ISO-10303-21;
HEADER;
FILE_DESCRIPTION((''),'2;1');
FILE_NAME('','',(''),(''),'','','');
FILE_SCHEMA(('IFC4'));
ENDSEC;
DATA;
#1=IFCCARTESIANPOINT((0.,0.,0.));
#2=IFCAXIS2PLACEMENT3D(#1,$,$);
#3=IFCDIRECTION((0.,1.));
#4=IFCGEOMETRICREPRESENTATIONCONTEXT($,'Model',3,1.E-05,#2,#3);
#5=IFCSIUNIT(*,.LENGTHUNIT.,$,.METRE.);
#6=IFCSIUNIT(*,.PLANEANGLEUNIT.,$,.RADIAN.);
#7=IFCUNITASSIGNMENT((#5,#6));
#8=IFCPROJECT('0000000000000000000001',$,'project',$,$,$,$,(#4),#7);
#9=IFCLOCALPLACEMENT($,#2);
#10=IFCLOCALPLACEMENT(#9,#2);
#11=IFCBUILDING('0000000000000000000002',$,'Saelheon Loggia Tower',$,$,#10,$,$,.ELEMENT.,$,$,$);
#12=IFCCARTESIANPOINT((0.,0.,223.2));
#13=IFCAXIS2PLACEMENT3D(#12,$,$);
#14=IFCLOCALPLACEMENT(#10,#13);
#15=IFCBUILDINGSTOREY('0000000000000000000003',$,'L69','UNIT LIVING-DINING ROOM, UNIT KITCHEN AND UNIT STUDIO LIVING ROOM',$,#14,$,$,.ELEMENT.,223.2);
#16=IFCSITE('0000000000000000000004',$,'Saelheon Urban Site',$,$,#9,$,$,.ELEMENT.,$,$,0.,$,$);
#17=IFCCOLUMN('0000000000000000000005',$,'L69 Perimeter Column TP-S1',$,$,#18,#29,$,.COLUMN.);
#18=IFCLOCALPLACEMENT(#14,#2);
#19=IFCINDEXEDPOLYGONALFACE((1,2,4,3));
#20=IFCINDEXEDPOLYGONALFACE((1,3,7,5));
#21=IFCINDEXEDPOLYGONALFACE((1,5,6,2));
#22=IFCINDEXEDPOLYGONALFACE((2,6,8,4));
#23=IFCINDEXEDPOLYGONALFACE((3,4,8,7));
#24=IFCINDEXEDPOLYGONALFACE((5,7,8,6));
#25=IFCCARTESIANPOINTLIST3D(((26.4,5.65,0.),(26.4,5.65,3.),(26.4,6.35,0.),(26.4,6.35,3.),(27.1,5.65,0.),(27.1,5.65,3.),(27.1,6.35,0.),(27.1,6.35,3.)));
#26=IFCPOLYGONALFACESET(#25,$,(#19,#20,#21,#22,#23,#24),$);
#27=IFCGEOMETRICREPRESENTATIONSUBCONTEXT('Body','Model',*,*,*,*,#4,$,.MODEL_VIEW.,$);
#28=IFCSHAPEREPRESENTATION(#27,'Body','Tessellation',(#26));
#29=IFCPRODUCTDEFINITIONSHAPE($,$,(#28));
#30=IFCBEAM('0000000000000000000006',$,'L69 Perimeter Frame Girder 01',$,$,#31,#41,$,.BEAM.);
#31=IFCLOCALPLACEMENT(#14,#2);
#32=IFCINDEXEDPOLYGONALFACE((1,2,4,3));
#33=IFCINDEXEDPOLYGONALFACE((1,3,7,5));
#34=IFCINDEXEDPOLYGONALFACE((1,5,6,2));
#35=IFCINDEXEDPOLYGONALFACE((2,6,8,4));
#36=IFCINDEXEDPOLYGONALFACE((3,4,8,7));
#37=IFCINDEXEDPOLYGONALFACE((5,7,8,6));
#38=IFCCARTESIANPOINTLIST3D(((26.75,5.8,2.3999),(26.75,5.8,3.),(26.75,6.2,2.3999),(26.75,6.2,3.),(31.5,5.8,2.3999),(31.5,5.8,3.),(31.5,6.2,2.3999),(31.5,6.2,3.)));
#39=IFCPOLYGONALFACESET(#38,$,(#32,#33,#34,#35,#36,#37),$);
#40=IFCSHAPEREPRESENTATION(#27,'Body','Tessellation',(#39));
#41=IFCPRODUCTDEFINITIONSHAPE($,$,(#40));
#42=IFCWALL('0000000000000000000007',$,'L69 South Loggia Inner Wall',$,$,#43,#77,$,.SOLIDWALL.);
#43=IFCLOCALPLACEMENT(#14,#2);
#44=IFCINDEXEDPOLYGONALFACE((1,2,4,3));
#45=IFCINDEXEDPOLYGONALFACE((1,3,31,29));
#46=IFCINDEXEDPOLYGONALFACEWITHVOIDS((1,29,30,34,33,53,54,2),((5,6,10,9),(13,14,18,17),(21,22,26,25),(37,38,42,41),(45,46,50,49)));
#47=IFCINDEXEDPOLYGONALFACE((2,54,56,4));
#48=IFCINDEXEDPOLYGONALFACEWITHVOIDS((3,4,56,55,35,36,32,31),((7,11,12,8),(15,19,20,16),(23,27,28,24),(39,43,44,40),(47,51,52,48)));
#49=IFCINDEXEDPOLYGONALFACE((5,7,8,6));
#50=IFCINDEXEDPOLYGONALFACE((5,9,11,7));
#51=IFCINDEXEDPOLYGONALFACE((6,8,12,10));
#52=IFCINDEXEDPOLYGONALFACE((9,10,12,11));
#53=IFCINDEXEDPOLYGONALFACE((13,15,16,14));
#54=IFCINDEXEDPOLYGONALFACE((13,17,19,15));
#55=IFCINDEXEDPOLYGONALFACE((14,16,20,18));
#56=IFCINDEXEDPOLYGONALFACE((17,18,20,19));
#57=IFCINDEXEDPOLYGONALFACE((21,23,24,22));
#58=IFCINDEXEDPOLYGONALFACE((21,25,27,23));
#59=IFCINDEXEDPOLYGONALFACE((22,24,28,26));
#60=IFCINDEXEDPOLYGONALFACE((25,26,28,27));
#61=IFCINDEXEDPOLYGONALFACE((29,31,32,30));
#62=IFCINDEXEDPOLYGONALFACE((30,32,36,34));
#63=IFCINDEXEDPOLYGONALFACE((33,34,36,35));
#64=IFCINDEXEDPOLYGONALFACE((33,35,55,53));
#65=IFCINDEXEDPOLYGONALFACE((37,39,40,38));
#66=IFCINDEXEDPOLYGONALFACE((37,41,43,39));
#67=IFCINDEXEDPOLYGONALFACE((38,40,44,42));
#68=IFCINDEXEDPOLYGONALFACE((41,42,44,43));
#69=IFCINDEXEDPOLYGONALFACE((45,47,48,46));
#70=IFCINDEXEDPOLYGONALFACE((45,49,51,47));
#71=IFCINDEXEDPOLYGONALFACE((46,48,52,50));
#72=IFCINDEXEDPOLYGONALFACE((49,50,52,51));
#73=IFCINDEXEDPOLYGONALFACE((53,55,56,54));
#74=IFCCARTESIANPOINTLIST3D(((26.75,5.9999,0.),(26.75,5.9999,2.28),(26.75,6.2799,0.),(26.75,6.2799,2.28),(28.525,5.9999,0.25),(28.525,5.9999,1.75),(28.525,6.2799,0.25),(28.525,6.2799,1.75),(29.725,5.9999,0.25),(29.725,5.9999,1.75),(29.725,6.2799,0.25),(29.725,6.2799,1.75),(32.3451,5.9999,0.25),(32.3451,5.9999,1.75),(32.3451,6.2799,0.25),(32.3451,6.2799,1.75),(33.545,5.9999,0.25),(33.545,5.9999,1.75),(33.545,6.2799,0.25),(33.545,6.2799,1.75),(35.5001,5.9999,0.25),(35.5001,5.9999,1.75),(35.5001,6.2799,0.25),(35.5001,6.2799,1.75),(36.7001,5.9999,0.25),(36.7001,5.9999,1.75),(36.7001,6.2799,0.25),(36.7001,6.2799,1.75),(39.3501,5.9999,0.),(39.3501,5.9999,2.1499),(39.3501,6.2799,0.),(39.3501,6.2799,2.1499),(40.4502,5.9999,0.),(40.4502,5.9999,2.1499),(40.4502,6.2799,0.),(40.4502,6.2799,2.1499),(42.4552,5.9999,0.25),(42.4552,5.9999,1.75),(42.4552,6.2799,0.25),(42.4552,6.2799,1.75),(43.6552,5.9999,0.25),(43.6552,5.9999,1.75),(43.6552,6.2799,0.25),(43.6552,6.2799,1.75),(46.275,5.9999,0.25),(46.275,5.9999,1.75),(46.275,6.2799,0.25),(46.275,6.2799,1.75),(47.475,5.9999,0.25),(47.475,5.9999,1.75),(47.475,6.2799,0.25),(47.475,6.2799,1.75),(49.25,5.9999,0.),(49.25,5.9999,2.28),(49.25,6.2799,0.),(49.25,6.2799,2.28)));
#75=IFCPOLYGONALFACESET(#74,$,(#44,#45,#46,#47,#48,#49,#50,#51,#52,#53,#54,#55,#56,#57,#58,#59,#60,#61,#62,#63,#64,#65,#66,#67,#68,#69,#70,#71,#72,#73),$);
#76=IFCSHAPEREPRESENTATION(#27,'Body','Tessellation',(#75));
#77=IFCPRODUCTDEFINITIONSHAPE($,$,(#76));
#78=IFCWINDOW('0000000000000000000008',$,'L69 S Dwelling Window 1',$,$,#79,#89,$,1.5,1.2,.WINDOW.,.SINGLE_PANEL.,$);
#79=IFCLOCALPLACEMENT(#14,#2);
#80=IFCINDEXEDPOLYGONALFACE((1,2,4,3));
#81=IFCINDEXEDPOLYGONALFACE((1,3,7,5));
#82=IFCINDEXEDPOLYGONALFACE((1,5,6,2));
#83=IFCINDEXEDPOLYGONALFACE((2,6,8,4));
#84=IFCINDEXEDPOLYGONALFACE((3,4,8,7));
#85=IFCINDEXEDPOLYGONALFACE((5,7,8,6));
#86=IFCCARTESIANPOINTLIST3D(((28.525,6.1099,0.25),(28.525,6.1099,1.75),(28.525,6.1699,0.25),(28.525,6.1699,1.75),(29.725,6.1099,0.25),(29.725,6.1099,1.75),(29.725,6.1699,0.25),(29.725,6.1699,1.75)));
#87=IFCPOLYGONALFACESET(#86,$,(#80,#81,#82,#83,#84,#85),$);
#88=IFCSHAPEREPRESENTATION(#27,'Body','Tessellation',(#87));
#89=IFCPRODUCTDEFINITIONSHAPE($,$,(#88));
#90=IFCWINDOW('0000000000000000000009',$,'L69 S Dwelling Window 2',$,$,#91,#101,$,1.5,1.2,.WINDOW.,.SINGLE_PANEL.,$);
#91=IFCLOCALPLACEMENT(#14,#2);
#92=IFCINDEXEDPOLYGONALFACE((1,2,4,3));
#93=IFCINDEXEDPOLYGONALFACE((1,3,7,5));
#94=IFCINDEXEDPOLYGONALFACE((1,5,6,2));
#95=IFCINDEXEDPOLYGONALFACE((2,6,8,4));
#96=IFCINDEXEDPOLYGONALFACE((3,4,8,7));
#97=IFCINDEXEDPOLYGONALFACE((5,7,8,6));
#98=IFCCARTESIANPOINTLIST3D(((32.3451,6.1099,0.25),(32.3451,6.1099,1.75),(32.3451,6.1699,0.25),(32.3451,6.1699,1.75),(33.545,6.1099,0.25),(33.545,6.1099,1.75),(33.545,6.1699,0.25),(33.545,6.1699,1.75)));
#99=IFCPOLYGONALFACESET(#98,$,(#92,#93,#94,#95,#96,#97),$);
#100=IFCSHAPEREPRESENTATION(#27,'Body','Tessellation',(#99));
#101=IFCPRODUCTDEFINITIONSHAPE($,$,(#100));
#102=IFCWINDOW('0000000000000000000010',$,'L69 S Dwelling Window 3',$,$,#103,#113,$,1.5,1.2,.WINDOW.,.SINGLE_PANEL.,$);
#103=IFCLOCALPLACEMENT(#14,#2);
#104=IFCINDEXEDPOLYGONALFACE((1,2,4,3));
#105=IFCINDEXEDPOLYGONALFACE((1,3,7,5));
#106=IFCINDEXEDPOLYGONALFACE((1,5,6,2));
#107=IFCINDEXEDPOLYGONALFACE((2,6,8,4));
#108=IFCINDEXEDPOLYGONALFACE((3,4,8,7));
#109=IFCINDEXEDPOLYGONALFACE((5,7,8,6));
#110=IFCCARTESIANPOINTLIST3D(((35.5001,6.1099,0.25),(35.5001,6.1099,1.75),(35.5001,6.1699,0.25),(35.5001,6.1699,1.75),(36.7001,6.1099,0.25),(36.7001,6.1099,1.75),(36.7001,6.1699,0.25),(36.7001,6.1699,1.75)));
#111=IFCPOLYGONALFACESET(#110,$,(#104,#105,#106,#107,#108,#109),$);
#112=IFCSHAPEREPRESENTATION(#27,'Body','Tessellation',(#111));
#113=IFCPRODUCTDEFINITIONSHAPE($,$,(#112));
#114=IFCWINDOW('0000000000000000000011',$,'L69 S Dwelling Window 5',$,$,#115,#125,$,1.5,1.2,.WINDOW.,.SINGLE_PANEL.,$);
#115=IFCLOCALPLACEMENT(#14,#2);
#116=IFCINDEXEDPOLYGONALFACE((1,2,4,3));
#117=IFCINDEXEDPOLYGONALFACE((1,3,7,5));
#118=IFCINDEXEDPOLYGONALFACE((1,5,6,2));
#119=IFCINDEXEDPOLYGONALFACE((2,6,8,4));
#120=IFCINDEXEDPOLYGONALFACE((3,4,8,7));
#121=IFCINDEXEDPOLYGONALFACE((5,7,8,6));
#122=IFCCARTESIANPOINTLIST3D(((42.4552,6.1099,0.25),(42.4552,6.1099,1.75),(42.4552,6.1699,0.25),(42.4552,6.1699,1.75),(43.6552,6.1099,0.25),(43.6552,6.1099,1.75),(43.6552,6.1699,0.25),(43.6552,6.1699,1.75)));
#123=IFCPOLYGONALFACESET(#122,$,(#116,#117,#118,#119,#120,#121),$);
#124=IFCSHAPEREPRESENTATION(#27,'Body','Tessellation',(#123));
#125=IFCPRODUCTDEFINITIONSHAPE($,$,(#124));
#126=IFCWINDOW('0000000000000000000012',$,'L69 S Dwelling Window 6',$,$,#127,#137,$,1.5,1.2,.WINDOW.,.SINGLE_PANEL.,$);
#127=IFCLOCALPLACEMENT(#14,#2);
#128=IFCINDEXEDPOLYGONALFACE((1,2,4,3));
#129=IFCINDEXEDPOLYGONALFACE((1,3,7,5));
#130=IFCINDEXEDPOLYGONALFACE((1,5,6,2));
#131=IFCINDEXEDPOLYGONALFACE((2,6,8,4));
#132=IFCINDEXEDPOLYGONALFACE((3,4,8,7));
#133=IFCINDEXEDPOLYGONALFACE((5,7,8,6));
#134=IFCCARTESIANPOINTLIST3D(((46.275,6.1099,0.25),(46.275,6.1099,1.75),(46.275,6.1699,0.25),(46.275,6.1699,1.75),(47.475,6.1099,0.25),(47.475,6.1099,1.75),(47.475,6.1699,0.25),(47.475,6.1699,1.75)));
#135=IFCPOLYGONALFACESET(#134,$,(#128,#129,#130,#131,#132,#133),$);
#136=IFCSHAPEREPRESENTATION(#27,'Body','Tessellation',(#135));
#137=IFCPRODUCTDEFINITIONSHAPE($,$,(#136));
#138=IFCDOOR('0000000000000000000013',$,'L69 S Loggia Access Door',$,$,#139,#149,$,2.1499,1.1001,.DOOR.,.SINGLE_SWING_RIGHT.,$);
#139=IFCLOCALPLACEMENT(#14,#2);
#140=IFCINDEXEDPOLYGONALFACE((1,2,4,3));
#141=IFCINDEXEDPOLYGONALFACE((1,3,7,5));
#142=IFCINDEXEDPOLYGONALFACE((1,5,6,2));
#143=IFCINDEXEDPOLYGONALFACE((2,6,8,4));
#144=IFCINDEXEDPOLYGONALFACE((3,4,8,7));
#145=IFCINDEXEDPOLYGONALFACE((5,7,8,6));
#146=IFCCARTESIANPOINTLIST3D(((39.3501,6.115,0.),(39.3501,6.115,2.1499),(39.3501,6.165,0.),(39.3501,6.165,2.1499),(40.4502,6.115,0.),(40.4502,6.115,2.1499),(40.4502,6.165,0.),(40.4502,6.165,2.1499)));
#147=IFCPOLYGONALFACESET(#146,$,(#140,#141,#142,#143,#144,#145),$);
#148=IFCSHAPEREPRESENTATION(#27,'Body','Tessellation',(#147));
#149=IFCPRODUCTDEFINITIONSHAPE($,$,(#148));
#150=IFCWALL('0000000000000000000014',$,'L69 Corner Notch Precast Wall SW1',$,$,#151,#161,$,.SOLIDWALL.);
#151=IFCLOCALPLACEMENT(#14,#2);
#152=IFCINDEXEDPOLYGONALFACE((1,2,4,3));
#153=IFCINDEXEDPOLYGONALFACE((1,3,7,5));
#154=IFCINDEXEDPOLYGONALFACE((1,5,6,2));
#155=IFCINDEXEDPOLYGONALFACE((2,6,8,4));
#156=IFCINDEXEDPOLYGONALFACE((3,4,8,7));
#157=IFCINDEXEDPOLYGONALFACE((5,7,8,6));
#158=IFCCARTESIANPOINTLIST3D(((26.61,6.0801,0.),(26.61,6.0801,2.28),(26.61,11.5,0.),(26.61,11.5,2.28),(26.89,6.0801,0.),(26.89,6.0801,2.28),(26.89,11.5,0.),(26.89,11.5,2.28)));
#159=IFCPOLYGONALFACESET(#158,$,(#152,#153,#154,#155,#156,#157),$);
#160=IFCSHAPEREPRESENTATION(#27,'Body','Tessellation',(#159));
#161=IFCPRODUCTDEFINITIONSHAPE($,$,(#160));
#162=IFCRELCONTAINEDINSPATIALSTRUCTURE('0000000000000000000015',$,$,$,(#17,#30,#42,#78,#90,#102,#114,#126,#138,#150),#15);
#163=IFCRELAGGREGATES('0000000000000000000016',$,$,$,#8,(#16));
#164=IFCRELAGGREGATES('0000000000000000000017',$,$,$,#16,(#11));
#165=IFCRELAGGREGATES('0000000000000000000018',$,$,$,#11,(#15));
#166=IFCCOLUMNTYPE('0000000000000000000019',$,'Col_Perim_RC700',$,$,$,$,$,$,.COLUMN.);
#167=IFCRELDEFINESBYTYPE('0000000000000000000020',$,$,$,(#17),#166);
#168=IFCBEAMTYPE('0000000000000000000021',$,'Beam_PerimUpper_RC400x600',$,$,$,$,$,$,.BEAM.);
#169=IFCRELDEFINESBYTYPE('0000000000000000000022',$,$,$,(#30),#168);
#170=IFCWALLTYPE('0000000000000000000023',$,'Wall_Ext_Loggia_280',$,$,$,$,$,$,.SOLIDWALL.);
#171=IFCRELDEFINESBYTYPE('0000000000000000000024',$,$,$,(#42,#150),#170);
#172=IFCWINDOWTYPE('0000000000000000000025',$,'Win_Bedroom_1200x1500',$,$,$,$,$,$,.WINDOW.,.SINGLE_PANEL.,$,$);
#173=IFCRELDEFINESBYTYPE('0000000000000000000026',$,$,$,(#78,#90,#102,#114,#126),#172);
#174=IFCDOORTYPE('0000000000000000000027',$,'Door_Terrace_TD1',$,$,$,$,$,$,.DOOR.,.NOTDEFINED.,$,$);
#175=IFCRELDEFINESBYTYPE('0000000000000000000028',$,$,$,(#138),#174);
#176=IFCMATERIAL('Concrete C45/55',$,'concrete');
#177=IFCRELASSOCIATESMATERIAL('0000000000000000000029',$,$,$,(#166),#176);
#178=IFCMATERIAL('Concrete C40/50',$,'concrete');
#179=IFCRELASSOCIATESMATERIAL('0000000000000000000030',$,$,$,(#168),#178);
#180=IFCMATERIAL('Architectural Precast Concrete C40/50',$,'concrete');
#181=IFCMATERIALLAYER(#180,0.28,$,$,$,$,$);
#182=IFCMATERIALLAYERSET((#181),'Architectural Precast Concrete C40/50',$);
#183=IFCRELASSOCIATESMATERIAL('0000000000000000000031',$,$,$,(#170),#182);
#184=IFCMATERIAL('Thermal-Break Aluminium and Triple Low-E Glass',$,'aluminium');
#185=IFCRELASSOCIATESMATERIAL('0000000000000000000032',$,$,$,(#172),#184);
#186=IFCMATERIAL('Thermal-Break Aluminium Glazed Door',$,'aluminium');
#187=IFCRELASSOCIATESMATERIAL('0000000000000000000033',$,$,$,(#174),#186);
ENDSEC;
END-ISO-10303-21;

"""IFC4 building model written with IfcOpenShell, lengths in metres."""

from ifc_helpers import new_model, si_unit, direction, frame, frame_2d, origin, origin_2d, place, context, subcontext, project, spatial, rectangle, extrude, source, transform, mapped, material, layer, layer_set, material_profile, profile_set, type_object, element, fill, save


model = new_model("IFC4")

# Units and contexts
model_context = context("Model", 3, precision=1e-05, world=origin(), true_north=direction((0.0, 1.0)))
body_context = subcontext(model_context, "Body", "Model", "MODEL_VIEW")
ifc_project = project(units=[si_unit("LENGTHUNIT", "METRE"), si_unit("PLANEANGLEUNIT", "RADIAN")], contexts=[model_context])

# Site, building, storey
site_placement = place(None, origin())
site = spatial("IfcSite", under=ifc_project, at=site_placement, Name="Saelheon Urban Site", CompositionType="ELEMENT", RefElevation=0.0)
building_placement = place(site_placement, origin())
building = spatial("IfcBuilding", under=site, at=building_placement, Name="Saelheon Loggia Tower", CompositionType="ELEMENT")
storey_placement = place(building_placement, frame((0.0, 0.0, 223.2)))
storey = spatial("IfcBuildingStorey", under=building, at=storey_placement, Name="L69", Description="UNIT LIVING-DINING ROOM, UNIT KITCHEN AND UNIT STUDIO LIVING ROOM", CompositionType="ELEMENT", Elevation=223.2)

# Column
ifc_material_1 = material(Name="Concrete C45/55", Category="concrete")
ifc_material_profile_1 = material_profile(ifc_material_1, rectangle(XDim=0.7, YDim=0.7, at=origin_2d()), Name="RC-700x700")
ifc_profile_set_1 = profile_set([ifc_material_profile_1], Name="Concrete C45/55")
column_type = type_object("IfcColumnType", Name="Col_Perim_RC700", PredefinedType="COLUMN", material=ifc_profile_set_1)
shared_shape_1 = source(origin(), body_context, "Body", "SweptSolid", [
    extrude(rectangle(XDim=0.7, YDim=0.7, at=origin_2d()), origin(), (0.0, 0.0, 1.0), 3.0),
])
column_placement = place(storey_placement, frame((26.75, 6.0, 0.0), z_axis=(0.0, 0.0, 1.0), x_axis=(1.0, 0.0, 0.0)))
element("IfcColumn", 1, at=column_placement, inside=storey, type_object=column_type, Name="L69 Perimeter Column TP-S1", PredefinedType="COLUMN", context=body_context, shape_type="MappedRepresentation", body=[
    mapped(shared_shape_1, transform((0.0, 0.0, 0.0), scale=1.0)),
])

# Beam
ifc_material_2 = material(Name="Concrete C40/50", Category="concrete")
ifc_material_profile_2 = material_profile(ifc_material_2, rectangle(XDim=0.3999, YDim=0.6001, at=origin_2d()), Name="RC-400x600")
ifc_profile_set_2 = profile_set([ifc_material_profile_2], Name="Concrete C40/50")
beam_type = type_object("IfcBeamType", Name="Beam_PerimUpper_RC400x600", PredefinedType="BEAM", material=ifc_profile_set_2)
shared_shape_2 = source(origin(), body_context, "Body", "SweptSolid", [
    extrude(rectangle(XDim=0.3999, YDim=0.6001, at=origin_2d()), origin(), (0.0, 0.0, 1.0), 4.75),
])
beam_placement = place(storey_placement, frame((26.75, 6.0, 2.7), z_axis=(1.0, 0.0, 0.0), x_axis=(0.0, 1.0, 0.0)))
element("IfcBeam", 2, at=beam_placement, inside=storey, type_object=beam_type, Name="L69 Perimeter Frame Girder 01", PredefinedType="BEAM", context=body_context, shape_type="MappedRepresentation", body=[
    mapped(shared_shape_2, transform((0.0, 0.0, 0.0), scale=1.0)),
])

# Wall, openings, windows, door
ifc_material_3 = material(Name="Architectural Precast Concrete C40/50", Category="concrete")
ifc_layer = layer(ifc_material_3, 0.28)
ifc_layer_set = layer_set([ifc_layer], Name="Architectural Precast Concrete C40/50")
wall_type = type_object("IfcWallType", Name="Wall_Ext_Loggia_280", PredefinedType="SOLIDWALL", material=ifc_layer_set)
wall_1_placement = place(storey_placement, frame((26.75, 6.1399, 0.0), z_axis=(0.0, 0.0, 1.0), x_axis=(1.0, 0.0, 0.0)))
wall_1 = element("IfcWall", 3, at=wall_1_placement, inside=storey, type_object=wall_type, Name="L69 South Loggia Inner Wall", PredefinedType="SOLIDWALL", context=body_context, shape_type="SweptSolid", body=[
    extrude(rectangle(XDim=22.5, YDim=0.28, at=frame_2d((11.25, 0.0))), origin(), (0.0, 0.0, 1.0), 2.28),
])
opening_1_placement = place(wall_1_placement, frame((1.7749, 0.0, 0.25)))
opening_1 = element("IfcOpeningElement", 4, at=opening_1_placement, cuts=wall_1, PredefinedType="OPENING", context=body_context, shape_type="SweptSolid", body=[
    extrude(rectangle(XDim=1.2, YDim=1.5, at=frame_2d((0.6001, 0.75))), frame((0.0, 0.1521, 0.0), z_axis=(0.0, -1.0, 0.0), x_axis=(1.0, 0.0, 0.0)), (0.0, 0.0, 1.0), 0.304),
])
opening_2_placement = place(wall_1_placement, frame((5.595, 0.0, 0.25)))
opening_2 = element("IfcOpeningElement", 5, at=opening_2_placement, cuts=wall_1, PredefinedType="OPENING", context=body_context, shape_type="SweptSolid", body=[
    extrude(rectangle(XDim=1.2, YDim=1.5, at=frame_2d((0.6001, 0.75))), frame((0.0, 0.1521, 0.0), z_axis=(0.0, -1.0, 0.0), x_axis=(1.0, 0.0, 0.0)), (0.0, 0.0, 1.0), 0.304),
])
opening_3_placement = place(wall_1_placement, frame((8.75, 0.0, 0.25)))
opening_3 = element("IfcOpeningElement", 6, at=opening_3_placement, cuts=wall_1, PredefinedType="OPENING", context=body_context, shape_type="SweptSolid", body=[
    extrude(rectangle(XDim=1.2, YDim=1.5, at=frame_2d((0.6001, 0.75))), frame((0.0, 0.1521, 0.0), z_axis=(0.0, -1.0, 0.0), x_axis=(1.0, 0.0, 0.0)), (0.0, 0.0, 1.0), 0.304),
])
opening_4_placement = place(wall_1_placement, frame((13.7002, 0.0, 0.0), z_axis=(0.0, 0.0, 1.0), x_axis=(-1.0, 0.0, 0.0)))
opening_4 = element("IfcOpeningElement", 7, at=opening_4_placement, cuts=wall_1, PredefinedType="OPENING", context=body_context, shape_type="SweptSolid", body=[
    extrude(rectangle(XDim=1.1001, YDim=2.1499, at=frame_2d((0.55, 1.075))), frame((0.0, 0.1521, 0.0), z_axis=(0.0, -1.0, 0.0), x_axis=(1.0, 0.0, 0.0)), (0.0, 0.0, 1.0), 0.304),
])
opening_5_placement = place(wall_1_placement, frame((15.7051, 0.0, 0.25)))
opening_5 = element("IfcOpeningElement", 8, at=opening_5_placement, cuts=wall_1, PredefinedType="OPENING", context=body_context, shape_type="SweptSolid", body=[
    extrude(rectangle(XDim=1.2, YDim=1.5, at=frame_2d((0.6001, 0.75))), frame((0.0, 0.1521, 0.0), z_axis=(0.0, -1.0, 0.0), x_axis=(1.0, 0.0, 0.0)), (0.0, 0.0, 1.0), 0.304),
])
opening_6_placement = place(wall_1_placement, frame((19.5249, 0.0, 0.25)))
opening_6 = element("IfcOpeningElement", 9, at=opening_6_placement, cuts=wall_1, PredefinedType="OPENING", context=body_context, shape_type="SweptSolid", body=[
    extrude(rectangle(XDim=1.2, YDim=1.5, at=frame_2d((0.6001, 0.75))), frame((0.0, 0.1521, 0.0), z_axis=(0.0, -1.0, 0.0), x_axis=(1.0, 0.0, 0.0)), (0.0, 0.0, 1.0), 0.304),
])
ifc_material_4 = material(Name="Thermal-Break Aluminium and Triple Low-E Glass", Category="aluminium")
window_type = type_object("IfcWindowType", Name="Win_Bedroom_1200x1500", PartitioningType="SINGLE_PANEL", PredefinedType="WINDOW", material=ifc_material_4)
shared_shape_3 = source(origin(), body_context, "Body", "SweptSolid", [
    extrude(rectangle(XDim=1.2, YDim=1.5, at=frame_2d((0.6001, 0.75))), frame((0.0, 0.03, 0.0), z_axis=(0.0, -1.0, 0.0), x_axis=(1.0, 0.0, 0.0)), (0.0, 0.0, 1.0), 0.0601),
])
window_1_placement = place(opening_1_placement, origin())
window_1 = element("IfcWindow", 10, at=window_1_placement, inside=storey, type_object=window_type, Name="L69 S Dwelling Window 1", OverallHeight=1.5, OverallWidth=1.2, PartitioningType="SINGLE_PANEL", PredefinedType="WINDOW", context=body_context, shape_type="MappedRepresentation", body=[
    mapped(shared_shape_3, transform((0.0, 0.0, 0.0), scale=1.0)),
])
fill(opening_1, window_1)
window_2_placement = place(opening_2_placement, origin())
window_2 = element("IfcWindow", 11, at=window_2_placement, inside=storey, type_object=window_type, Name="L69 S Dwelling Window 2", OverallHeight=1.5, OverallWidth=1.2, PartitioningType="SINGLE_PANEL", PredefinedType="WINDOW", context=body_context, shape_type="MappedRepresentation", body=[
    mapped(shared_shape_3, transform((0.0, 0.0, 0.0), scale=1.0)),
])
fill(opening_2, window_2)
window_3_placement = place(opening_3_placement, origin())
window_3 = element("IfcWindow", 12, at=window_3_placement, inside=storey, type_object=window_type, Name="L69 S Dwelling Window 3", OverallHeight=1.5, OverallWidth=1.2, PartitioningType="SINGLE_PANEL", PredefinedType="WINDOW", context=body_context, shape_type="MappedRepresentation", body=[
    mapped(shared_shape_3, transform((0.0, 0.0, 0.0), scale=1.0)),
])
fill(opening_3, window_3)
window_4_placement = place(opening_5_placement, origin())
window_4 = element("IfcWindow", 13, at=window_4_placement, inside=storey, type_object=window_type, Name="L69 S Dwelling Window 5", OverallHeight=1.5, OverallWidth=1.2, PartitioningType="SINGLE_PANEL", PredefinedType="WINDOW", context=body_context, shape_type="MappedRepresentation", body=[
    mapped(shared_shape_3, transform((0.0, 0.0, 0.0), scale=1.0)),
])
fill(opening_5, window_4)
window_5_placement = place(opening_6_placement, origin())
window_5 = element("IfcWindow", 14, at=window_5_placement, inside=storey, type_object=window_type, Name="L69 S Dwelling Window 6", OverallHeight=1.5, OverallWidth=1.2, PartitioningType="SINGLE_PANEL", PredefinedType="WINDOW", context=body_context, shape_type="MappedRepresentation", body=[
    mapped(shared_shape_3, transform((0.0, 0.0, 0.0), scale=1.0)),
])
fill(opening_6, window_5)
ifc_material_5 = material(Name="Thermal-Break Aluminium Glazed Door", Category="aluminium")
door_type_1 = type_object("IfcDoorType", Name="Door_Terrace_TD1", OperationType="NOTDEFINED", PredefinedType="DOOR", material=ifc_material_5)
shared_shape_4 = source(origin(), body_context, "Body", "SweptSolid", [
    extrude(rectangle(XDim=1.1001, YDim=2.1499, at=frame_2d((0.55, 1.075))), frame((0.0, 0.0249, 0.0), z_axis=(0.0, -1.0, 0.0), x_axis=(1.0, 0.0, 0.0)), (0.0, 0.0, 1.0), 0.05),
])
door_1_placement = place(opening_4_placement, origin())
door_1 = element("IfcDoor", 15, at=door_1_placement, inside=storey, type_object=door_type_1, Name="L69 S Loggia Access Door", OperationType="SINGLE_SWING_RIGHT", OverallHeight=2.1499, OverallWidth=1.1001, PredefinedType="DOOR", context=body_context, shape_type="MappedRepresentation", body=[
    mapped(shared_shape_4, transform((0.0, 0.0, 0.0), scale=1.0)),
])
fill(opening_4, door_1)

# Wall
for number, where, z_axis, x_axis, name in (
    (16, (26.75, 6.0801, 0.0), (0.0, 0.0, 1.0), (0.0, 1.0, 0.0), "L69 Corner Notch Precast Wall SW1"),
):
    element("IfcWall", number, at=place(storey_placement, frame(where, z_axis=z_axis, x_axis=x_axis)), inside=storey, type_object=wall_type, Name=name, PredefinedType="SOLIDWALL", context=body_context, shape_type="SweptSolid", body=[
        extrude(rectangle(XDim=5.4199, YDim=0.28, at=frame_2d((2.71, 0.0))), origin(), (0.0, 0.0, 1.0), 2.28),
    ])

save(model, "model.ifc")
